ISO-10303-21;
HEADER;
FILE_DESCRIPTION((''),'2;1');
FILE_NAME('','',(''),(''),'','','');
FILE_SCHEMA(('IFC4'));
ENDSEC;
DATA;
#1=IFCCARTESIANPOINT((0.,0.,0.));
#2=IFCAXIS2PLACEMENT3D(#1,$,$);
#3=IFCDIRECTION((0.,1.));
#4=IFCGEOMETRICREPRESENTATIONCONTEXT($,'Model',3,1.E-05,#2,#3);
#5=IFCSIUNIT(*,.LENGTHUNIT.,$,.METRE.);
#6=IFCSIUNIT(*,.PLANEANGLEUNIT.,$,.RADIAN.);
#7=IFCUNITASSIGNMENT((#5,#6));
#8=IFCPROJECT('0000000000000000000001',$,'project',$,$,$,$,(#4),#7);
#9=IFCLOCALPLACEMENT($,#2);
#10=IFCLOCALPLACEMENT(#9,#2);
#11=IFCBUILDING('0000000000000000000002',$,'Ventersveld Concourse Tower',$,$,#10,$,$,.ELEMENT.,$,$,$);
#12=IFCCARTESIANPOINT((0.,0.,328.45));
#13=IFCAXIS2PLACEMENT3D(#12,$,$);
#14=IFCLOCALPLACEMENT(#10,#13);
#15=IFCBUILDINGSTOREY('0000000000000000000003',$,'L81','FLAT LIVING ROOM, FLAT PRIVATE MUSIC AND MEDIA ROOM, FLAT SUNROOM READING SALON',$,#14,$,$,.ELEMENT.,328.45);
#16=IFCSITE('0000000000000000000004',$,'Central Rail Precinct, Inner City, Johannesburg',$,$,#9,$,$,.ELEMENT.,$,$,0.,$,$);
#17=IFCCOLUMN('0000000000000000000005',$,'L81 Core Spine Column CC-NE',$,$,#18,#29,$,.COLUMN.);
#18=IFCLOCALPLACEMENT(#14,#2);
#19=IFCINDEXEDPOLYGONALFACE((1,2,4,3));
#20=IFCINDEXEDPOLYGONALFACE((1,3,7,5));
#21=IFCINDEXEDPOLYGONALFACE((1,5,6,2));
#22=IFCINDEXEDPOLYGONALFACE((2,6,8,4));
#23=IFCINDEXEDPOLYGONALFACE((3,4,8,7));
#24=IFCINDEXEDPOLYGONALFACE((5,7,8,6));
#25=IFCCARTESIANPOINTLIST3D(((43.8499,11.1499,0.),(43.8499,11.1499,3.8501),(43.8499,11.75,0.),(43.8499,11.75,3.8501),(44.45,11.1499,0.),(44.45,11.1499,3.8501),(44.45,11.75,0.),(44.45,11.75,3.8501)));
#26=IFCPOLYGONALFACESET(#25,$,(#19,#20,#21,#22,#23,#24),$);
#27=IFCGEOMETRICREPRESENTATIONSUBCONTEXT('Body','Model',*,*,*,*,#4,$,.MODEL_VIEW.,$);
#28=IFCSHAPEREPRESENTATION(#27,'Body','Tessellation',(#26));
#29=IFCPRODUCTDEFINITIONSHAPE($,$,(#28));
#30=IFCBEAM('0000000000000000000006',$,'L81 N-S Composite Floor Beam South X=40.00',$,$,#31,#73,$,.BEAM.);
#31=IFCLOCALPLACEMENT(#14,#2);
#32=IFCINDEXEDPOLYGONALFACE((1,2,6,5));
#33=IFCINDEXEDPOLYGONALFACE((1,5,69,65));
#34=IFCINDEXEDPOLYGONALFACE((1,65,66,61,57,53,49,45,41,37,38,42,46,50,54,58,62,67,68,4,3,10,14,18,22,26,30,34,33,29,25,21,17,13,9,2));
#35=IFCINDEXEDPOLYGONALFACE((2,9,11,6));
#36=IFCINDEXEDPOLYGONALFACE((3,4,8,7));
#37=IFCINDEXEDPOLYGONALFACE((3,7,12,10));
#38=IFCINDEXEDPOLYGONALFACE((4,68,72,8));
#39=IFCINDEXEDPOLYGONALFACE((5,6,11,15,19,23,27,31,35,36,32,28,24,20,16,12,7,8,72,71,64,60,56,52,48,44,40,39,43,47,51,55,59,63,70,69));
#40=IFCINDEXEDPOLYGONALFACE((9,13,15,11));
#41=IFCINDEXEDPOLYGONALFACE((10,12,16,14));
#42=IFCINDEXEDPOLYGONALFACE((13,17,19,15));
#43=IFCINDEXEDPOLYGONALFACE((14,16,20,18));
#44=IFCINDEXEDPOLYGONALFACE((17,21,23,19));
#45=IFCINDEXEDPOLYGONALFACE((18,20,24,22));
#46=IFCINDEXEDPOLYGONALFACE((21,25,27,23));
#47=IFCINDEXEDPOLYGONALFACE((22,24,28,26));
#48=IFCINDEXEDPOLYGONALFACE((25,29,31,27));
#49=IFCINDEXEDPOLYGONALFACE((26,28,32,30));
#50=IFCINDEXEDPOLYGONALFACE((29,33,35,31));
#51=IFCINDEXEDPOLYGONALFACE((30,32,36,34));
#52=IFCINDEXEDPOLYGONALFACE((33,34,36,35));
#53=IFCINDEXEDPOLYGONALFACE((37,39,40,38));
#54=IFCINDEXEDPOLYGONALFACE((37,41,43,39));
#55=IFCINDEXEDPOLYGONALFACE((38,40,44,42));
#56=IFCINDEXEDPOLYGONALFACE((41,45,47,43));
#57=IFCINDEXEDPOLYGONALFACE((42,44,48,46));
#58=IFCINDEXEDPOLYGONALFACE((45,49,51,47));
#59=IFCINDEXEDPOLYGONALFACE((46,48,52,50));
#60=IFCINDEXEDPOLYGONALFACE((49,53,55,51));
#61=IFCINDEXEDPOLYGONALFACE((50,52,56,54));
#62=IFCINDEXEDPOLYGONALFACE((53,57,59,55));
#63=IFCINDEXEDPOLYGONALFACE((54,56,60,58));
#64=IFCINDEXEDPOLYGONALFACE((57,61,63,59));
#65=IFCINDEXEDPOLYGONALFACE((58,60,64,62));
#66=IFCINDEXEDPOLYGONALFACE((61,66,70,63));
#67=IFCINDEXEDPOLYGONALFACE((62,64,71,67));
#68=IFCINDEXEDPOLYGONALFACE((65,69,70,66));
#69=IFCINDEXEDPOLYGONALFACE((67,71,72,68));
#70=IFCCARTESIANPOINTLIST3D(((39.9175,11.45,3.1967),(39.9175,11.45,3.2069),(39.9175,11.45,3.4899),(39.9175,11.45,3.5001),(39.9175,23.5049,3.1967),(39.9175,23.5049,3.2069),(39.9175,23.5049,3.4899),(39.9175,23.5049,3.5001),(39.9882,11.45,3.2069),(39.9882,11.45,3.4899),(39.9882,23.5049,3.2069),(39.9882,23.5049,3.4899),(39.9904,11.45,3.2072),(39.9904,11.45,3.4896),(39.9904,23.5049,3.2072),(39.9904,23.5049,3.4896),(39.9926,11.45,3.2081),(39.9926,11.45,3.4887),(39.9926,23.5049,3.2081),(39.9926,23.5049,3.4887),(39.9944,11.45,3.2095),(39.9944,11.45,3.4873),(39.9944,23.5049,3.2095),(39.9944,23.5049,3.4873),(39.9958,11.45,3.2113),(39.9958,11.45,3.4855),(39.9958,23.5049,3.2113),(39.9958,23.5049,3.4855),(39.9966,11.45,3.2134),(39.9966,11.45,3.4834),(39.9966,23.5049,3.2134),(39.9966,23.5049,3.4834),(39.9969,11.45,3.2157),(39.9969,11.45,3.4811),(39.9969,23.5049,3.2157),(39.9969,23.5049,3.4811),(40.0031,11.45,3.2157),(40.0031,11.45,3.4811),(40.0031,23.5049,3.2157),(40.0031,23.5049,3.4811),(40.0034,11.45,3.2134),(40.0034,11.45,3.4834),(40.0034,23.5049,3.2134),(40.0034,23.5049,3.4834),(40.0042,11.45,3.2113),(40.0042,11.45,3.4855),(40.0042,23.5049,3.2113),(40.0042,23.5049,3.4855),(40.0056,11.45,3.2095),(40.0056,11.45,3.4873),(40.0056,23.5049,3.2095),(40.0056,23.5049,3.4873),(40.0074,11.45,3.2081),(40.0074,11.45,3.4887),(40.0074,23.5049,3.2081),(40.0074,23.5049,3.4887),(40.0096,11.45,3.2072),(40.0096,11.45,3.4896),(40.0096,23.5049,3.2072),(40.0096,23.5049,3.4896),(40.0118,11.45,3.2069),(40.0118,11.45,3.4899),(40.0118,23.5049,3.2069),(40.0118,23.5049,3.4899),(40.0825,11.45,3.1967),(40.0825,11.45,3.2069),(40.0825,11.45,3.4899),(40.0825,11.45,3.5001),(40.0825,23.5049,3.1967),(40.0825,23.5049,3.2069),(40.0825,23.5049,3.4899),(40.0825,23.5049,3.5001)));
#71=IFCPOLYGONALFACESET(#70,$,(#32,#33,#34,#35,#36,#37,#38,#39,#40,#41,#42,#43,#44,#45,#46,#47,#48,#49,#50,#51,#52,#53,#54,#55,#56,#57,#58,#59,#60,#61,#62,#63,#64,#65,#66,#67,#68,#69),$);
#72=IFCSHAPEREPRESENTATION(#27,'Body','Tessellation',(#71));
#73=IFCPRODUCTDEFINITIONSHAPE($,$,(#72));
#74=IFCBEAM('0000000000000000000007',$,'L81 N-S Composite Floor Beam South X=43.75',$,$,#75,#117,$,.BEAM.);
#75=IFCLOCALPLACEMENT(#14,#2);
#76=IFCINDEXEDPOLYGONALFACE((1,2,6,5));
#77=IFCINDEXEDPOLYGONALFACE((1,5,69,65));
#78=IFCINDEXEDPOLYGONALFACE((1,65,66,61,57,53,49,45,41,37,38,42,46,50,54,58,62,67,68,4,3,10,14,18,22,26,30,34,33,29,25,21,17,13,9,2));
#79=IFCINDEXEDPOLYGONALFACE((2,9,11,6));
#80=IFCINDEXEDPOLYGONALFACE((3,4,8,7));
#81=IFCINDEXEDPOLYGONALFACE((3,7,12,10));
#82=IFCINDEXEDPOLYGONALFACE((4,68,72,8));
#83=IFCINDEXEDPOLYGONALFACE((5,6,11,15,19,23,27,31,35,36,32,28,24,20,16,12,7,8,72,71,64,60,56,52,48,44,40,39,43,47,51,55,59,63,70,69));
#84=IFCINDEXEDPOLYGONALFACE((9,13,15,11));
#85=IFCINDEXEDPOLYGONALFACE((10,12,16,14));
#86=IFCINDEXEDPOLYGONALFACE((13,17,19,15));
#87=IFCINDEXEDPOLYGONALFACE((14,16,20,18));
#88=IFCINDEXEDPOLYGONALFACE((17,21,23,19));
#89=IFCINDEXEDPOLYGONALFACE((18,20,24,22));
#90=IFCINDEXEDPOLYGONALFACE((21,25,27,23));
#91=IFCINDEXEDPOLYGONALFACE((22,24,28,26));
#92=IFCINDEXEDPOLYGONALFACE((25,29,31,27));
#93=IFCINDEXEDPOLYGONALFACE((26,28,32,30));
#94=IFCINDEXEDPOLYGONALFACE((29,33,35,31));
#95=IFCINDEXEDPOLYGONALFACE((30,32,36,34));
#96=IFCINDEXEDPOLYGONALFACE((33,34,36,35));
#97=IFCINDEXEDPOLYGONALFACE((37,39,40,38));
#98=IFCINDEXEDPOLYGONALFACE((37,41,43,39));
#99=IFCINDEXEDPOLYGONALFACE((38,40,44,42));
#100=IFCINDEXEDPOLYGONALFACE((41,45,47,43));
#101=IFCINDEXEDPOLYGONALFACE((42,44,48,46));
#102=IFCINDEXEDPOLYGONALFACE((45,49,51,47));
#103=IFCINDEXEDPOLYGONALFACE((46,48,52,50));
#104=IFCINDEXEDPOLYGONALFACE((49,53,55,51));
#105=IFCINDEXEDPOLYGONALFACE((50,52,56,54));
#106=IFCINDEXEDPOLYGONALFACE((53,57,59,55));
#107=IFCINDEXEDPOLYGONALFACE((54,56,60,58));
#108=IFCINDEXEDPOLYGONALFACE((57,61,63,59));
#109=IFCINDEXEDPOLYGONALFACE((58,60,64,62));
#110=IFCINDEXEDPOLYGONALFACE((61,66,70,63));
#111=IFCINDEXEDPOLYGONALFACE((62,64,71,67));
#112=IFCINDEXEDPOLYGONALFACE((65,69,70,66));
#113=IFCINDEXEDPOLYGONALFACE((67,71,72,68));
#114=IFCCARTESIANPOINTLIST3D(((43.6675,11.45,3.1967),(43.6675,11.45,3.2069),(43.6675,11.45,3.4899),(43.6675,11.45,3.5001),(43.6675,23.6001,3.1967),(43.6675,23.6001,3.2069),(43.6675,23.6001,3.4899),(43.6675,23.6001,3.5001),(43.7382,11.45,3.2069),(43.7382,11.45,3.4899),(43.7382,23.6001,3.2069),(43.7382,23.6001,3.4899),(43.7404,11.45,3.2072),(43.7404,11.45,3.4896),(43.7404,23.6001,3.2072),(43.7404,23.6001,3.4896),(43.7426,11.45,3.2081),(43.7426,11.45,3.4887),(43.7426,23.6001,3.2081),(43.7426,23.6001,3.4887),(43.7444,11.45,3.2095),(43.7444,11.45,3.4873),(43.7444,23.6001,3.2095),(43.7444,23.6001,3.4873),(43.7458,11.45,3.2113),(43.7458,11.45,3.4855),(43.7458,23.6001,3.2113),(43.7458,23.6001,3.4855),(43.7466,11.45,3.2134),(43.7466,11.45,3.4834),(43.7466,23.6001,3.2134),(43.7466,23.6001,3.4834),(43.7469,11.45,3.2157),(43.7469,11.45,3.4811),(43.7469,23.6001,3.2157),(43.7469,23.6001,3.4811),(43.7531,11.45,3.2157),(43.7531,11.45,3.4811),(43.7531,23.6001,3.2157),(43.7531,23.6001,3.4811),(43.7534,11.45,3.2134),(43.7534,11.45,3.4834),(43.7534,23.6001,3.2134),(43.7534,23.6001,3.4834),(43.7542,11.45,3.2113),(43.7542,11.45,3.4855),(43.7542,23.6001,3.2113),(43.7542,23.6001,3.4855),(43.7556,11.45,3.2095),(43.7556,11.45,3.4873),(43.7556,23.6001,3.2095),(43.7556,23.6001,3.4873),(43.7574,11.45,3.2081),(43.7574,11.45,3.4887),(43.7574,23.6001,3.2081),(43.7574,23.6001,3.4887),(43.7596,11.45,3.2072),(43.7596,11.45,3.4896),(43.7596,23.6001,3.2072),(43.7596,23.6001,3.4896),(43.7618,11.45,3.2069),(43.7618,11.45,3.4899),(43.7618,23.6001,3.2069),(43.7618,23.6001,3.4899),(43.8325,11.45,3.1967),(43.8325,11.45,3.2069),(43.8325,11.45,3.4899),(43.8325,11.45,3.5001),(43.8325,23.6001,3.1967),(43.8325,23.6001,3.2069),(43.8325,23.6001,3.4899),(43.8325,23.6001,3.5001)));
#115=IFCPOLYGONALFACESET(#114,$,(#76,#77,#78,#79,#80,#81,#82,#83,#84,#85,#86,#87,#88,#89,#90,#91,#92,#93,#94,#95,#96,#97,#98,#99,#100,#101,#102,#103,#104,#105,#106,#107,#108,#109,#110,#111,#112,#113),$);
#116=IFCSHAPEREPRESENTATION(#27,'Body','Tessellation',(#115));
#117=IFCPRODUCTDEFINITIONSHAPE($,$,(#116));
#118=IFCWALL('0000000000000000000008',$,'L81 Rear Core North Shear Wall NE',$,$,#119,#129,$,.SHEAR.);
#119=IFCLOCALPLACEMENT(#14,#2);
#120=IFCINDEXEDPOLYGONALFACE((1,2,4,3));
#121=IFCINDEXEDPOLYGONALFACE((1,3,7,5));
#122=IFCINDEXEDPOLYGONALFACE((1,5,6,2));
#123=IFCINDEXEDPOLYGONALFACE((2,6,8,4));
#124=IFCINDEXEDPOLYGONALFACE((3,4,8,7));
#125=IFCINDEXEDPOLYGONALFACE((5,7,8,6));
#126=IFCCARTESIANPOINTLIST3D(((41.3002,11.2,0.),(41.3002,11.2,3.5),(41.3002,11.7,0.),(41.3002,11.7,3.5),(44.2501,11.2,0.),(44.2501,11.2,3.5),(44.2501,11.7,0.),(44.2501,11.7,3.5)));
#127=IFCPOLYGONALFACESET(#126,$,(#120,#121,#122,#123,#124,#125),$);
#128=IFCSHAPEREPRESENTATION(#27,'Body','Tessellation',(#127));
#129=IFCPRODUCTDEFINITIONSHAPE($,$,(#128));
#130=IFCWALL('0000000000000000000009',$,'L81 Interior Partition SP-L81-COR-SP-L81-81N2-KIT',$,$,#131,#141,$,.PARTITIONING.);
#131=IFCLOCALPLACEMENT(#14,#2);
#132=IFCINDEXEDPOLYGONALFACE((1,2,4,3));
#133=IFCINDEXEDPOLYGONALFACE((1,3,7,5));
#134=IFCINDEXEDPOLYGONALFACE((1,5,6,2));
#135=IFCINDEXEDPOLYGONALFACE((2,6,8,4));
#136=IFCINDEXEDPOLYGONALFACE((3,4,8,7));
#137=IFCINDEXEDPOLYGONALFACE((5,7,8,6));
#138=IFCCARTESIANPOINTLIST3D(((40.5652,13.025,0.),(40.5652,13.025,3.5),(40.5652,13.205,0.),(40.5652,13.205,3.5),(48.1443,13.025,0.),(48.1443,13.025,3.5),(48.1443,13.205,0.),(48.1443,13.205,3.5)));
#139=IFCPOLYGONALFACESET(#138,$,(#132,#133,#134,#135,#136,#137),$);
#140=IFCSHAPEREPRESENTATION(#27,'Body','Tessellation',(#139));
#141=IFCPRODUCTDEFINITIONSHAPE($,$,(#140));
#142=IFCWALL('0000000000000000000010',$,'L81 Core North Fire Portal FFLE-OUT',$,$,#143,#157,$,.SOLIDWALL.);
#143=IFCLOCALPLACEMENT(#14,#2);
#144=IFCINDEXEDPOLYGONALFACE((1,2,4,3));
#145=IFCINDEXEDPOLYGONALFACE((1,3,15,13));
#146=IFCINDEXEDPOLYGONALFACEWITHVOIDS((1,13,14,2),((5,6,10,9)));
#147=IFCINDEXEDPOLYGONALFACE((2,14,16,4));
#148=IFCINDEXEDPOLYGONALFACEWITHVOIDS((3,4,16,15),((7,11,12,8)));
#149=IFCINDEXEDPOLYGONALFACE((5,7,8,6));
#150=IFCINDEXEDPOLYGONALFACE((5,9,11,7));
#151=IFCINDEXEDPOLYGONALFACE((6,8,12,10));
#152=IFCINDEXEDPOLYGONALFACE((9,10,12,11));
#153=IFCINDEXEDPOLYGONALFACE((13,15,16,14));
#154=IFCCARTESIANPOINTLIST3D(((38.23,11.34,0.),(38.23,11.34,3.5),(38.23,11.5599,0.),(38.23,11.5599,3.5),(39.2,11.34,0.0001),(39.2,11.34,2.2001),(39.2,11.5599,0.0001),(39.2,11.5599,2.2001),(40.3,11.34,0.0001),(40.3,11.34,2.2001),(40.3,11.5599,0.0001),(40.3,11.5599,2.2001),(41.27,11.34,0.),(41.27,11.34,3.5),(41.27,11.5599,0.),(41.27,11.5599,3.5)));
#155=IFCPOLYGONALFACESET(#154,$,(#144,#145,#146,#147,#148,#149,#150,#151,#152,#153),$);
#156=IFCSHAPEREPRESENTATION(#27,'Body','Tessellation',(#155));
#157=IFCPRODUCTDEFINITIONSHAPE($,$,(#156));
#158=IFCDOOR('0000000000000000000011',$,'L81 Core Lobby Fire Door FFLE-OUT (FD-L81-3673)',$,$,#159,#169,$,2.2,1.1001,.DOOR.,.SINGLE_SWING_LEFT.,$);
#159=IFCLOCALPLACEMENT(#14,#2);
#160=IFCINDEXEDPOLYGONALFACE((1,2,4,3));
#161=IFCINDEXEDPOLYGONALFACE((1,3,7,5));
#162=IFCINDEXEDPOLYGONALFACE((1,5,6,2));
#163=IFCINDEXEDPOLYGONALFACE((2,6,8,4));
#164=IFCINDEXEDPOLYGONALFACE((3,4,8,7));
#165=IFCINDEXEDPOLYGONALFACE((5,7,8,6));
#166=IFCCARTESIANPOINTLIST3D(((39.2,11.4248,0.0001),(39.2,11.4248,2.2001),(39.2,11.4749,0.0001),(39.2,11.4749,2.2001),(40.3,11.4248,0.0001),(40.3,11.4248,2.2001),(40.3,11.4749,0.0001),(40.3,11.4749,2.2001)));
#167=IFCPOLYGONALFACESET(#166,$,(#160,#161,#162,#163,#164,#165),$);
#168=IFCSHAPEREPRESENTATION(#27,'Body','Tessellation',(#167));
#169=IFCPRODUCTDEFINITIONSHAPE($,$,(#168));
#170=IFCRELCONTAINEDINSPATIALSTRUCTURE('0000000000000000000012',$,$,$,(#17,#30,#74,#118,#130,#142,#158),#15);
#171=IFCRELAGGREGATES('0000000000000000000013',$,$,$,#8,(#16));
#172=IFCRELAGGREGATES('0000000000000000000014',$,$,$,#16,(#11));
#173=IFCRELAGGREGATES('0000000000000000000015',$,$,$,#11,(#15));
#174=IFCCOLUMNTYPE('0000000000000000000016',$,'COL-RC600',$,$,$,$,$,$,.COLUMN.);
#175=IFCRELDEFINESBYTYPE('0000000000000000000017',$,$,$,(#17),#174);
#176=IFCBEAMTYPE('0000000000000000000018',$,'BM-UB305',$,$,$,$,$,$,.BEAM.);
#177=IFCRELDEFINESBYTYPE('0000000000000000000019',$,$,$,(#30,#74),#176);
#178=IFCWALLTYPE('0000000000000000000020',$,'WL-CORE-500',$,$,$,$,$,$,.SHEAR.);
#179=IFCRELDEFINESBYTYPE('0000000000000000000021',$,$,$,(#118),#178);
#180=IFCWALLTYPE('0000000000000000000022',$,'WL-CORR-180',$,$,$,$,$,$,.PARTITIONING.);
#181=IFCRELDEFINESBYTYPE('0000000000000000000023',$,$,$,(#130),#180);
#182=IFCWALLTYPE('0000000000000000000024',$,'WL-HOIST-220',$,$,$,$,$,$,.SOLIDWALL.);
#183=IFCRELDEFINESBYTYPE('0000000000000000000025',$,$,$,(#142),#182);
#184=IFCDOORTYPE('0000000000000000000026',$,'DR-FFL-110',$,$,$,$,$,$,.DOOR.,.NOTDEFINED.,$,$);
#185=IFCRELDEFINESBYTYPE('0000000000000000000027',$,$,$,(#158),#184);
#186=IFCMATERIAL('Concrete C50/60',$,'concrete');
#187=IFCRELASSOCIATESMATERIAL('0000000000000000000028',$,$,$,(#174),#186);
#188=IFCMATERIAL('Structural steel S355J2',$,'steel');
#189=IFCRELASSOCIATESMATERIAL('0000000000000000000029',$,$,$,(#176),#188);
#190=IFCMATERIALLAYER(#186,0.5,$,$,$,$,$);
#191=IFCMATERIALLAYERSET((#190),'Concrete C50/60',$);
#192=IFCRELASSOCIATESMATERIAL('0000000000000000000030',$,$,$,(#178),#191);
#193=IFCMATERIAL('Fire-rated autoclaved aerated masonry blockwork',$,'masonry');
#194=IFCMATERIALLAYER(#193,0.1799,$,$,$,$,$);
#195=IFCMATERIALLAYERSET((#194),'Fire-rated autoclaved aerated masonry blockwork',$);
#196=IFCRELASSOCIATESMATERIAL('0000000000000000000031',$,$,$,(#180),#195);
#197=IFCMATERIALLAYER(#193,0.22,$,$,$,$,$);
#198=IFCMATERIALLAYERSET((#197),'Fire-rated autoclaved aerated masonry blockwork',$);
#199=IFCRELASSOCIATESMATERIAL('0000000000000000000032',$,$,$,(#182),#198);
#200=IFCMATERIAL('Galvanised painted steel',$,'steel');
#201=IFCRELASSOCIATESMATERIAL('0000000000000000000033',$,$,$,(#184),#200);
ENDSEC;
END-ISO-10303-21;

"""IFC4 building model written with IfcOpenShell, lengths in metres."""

from ifc_helpers import new_model, si_unit, direction, frame, frame_2d, origin, origin_2d, place, context, subcontext, project, spatial, rectangle, i_section, extrude, material, layer, layer_set, material_profile, profile_set, type_object, element, fill, save


model = new_model("IFC4")

# Units and contexts
model_context = context("Model", 3, precision=1e-05, world=origin(), true_north=direction((0.0, 1.0)))
body_context = subcontext(model_context, "Body", "Model", "MODEL_VIEW")
ifc_project = project(units=[si_unit("LENGTHUNIT", "METRE"), si_unit("PLANEANGLEUNIT", "RADIAN")], contexts=[model_context])

# Site, building, storey
site_placement = place(None, origin())
site = spatial("IfcSite", under=ifc_project, at=site_placement, Name="Central Rail Precinct, Inner City, Johannesburg", CompositionType="ELEMENT", RefElevation=0.0)
building_placement = place(site_placement, origin())
building = spatial("IfcBuilding", under=site, at=building_placement, Name="Ventersveld Concourse Tower", CompositionType="ELEMENT")
storey_placement = place(building_placement, frame((0.0, 0.0, 328.45)))
storey = spatial("IfcBuildingStorey", under=building, at=storey_placement, Name="L81", Description="FLAT LIVING ROOM, FLAT PRIVATE MUSIC AND MEDIA ROOM, FLAT SUNROOM READING SALON", CompositionType="ELEMENT", Elevation=328.45)

# Column
ifc_material_1 = material(Name="Concrete C50/60", Category="concrete")
ifc_material_profile_1 = material_profile(ifc_material_1, rectangle(XDim=0.6001, YDim=0.6001, at=origin_2d()), Name="RC 600x600")
ifc_profile_set_1 = profile_set([ifc_material_profile_1], Name="Concrete C50/60")
column_type = type_object("IfcColumnType", Name="COL-RC600", PredefinedType="COLUMN", material=ifc_profile_set_1)
column_placement = place(storey_placement, frame((44.1499, 11.45, 0.0), z_axis=(0.0, 0.0, 1.0), x_axis=(1.0, 0.0, 0.0)))
element("IfcColumn", 1, at=column_placement, inside=storey, type_object=column_type, Name="L81 Core Spine Column CC-NE", PredefinedType="COLUMN", context=body_context, shape_type="SweptSolid", body=[
    extrude(rectangle(XDim=0.6001, YDim=0.6001, at=origin_2d()), origin(), (0.0, 0.0, 1.0), 3.8501),
])

# Beams
ifc_material_2 = material(Name="Structural steel S355J2", Category="steel")
ifc_material_profile_2 = material_profile(ifc_material_2, i_section(OverallWidth=0.165, OverallDepth=0.3035, WebThickness=0.0061, FlangeThickness=0.0103, FilletRadius=0.0088, at=origin_2d()), Name="UB 305x165x40")
ifc_profile_set_2 = profile_set([ifc_material_profile_2], Name="Structural steel S355J2")
beam_type = type_object("IfcBeamType", Name="BM-UB305", PredefinedType="BEAM", material=ifc_profile_set_2)
beam_1_placement = place(storey_placement, frame((40.0, 11.45, 3.3484), z_axis=(0.0, 1.0, 0.0), x_axis=(-1.0, 0.0, 0.0)))
element("IfcBeam", 2, at=beam_1_placement, inside=storey, type_object=beam_type, Name="L81 N-S Composite Floor Beam South X=40.00", PredefinedType="BEAM", context=body_context, shape_type="SweptSolid", body=[
    extrude(i_section(OverallWidth=0.165, OverallDepth=0.3035, WebThickness=0.0061, FlangeThickness=0.0103, FilletRadius=0.0088, at=origin_2d()), origin(), (0.0, 0.0, 1.0), 12.0549),
])
beam_2_placement = place(storey_placement, frame((43.75, 11.45, 3.3484), z_axis=(0.0, 1.0, 0.0), x_axis=(-1.0, 0.0, 0.0)))
element("IfcBeam", 3, at=beam_2_placement, inside=storey, type_object=beam_type, Name="L81 N-S Composite Floor Beam South X=43.75", PredefinedType="BEAM", context=body_context, shape_type="SweptSolid", body=[
    extrude(i_section(OverallWidth=0.165, OverallDepth=0.3035, WebThickness=0.0061, FlangeThickness=0.0103, FilletRadius=0.0088, at=origin_2d()), origin(), (0.0, 0.0, 1.0), 12.1501),
])

# Wall
ifc_layer_1 = layer(ifc_material_1, 0.5)
ifc_layer_set_1 = layer_set([ifc_layer_1], Name="Concrete C50/60")
wall_type_1 = type_object("IfcWallType", Name="WL-CORE-500", PredefinedType="SHEAR", material=ifc_layer_set_1)
wall_1_placement = place(storey_placement, frame((41.3, 11.45, 0.0), z_axis=(0.0, 0.0, 1.0), x_axis=(1.0, 0.0, 0.0)))
element("IfcWall", 4, at=wall_1_placement, inside=storey, type_object=wall_type_1, Name="L81 Rear Core North Shear Wall NE", PredefinedType="SHEAR", context=body_context, shape_type="SweptSolid", body=[
    extrude(rectangle(XDim=2.95, YDim=0.5, at=frame_2d((1.4751, 0.0))), origin(), (0.0, 0.0, 1.0), 3.5),
])

# Shared definitions
ifc_material_3 = material(Name="Fire-rated autoclaved aerated masonry blockwork", Category="masonry")
ifc_layer_2 = layer(ifc_material_3, 0.1799)
ifc_layer_set_2 = layer_set([ifc_layer_2], Name="Fire-rated autoclaved aerated masonry blockwork")
wall_type_2 = type_object("IfcWallType", Name="WL-CORR-180", PredefinedType="PARTITIONING", material=ifc_layer_set_2)

# Wall
wall_2_placement = place(storey_placement, frame((40.5652, 13.115, 0.0), z_axis=(0.0, 0.0, 1.0), x_axis=(1.0, 0.0, 0.0)))
element("IfcWall", 5, at=wall_2_placement, inside=storey, type_object=wall_type_2, Name="L81 Interior Partition SP-L81-COR-SP-L81-81N2-KIT", PredefinedType="PARTITIONING", context=body_context, shape_type="SweptSolid", body=[
    extrude(rectangle(XDim=7.5791, YDim=0.1799, at=frame_2d((3.7896, 0.0))), origin(), (0.0, 0.0, 1.0), 3.5),
])

# Wall, opening, door
ifc_layer_3 = layer(ifc_material_3, 0.22)
ifc_layer_set_3 = layer_set([ifc_layer_3], Name="Fire-rated autoclaved aerated masonry blockwork")
wall_type_3 = type_object("IfcWallType", Name="WL-HOIST-220", PredefinedType="SOLIDWALL", material=ifc_layer_set_3)
wall_3_placement = place(storey_placement, frame((38.23, 11.45, 0.0), z_axis=(0.0, 0.0, 1.0), x_axis=(1.0, 0.0, 0.0)))
wall_3 = element("IfcWall", 6, at=wall_3_placement, inside=storey, type_object=wall_type_3, Name="L81 Core North Fire Portal FFLE-OUT", PredefinedType="SOLIDWALL", context=body_context, shape_type="SweptSolid", body=[
    extrude(rectangle(XDim=3.04, YDim=0.22, at=frame_2d((1.52, 0.0))), origin(), (0.0, 0.0, 1.0), 3.5),
])
opening_1_placement = place(wall_3_placement, frame((0.97, 0.0, 0.0)))
opening_1 = element("IfcOpeningElement", 7, at=opening_1_placement, cuts=wall_3, PredefinedType="OPENING", context=body_context, shape_type="SweptSolid", body=[
    extrude(rectangle(XDim=1.1001, YDim=2.2, at=frame_2d((0.55, 1.1001))), frame((0.0, 0.1201, 0.0), z_axis=(0.0, -1.0, 0.0), x_axis=(1.0, 0.0, 0.0)), (0.0, 0.0, 1.0), 0.24),
])
ifc_material_4 = material(Name="Galvanised painted steel", Category="steel")
door_type_1 = type_object("IfcDoorType", Name="DR-FFL-110", OperationType="NOTDEFINED", PredefinedType="DOOR", material=ifc_material_4)
door_1_placement = place(opening_1_placement, origin())
door_1 = element("IfcDoor", 8, at=door_1_placement, inside=storey, type_object=door_type_1, Name="L81 Core Lobby Fire Door FFLE-OUT (FD-L81-3673)", OperationType="SINGLE_SWING_LEFT", OverallHeight=2.2, OverallWidth=1.1001, PredefinedType="DOOR", context=body_context, shape_type="SweptSolid", body=[
    extrude(rectangle(XDim=1.1001, YDim=2.2, at=frame_2d((0.55, 1.1001))), frame((0.0, 0.0249, 0.0), z_axis=(0.0, -1.0, 0.0), x_axis=(1.0, 0.0, 0.0)), (0.0, 0.0, 1.0), 0.05),
])
fill(opening_1, door_1)

save(model, "model.ifc")
